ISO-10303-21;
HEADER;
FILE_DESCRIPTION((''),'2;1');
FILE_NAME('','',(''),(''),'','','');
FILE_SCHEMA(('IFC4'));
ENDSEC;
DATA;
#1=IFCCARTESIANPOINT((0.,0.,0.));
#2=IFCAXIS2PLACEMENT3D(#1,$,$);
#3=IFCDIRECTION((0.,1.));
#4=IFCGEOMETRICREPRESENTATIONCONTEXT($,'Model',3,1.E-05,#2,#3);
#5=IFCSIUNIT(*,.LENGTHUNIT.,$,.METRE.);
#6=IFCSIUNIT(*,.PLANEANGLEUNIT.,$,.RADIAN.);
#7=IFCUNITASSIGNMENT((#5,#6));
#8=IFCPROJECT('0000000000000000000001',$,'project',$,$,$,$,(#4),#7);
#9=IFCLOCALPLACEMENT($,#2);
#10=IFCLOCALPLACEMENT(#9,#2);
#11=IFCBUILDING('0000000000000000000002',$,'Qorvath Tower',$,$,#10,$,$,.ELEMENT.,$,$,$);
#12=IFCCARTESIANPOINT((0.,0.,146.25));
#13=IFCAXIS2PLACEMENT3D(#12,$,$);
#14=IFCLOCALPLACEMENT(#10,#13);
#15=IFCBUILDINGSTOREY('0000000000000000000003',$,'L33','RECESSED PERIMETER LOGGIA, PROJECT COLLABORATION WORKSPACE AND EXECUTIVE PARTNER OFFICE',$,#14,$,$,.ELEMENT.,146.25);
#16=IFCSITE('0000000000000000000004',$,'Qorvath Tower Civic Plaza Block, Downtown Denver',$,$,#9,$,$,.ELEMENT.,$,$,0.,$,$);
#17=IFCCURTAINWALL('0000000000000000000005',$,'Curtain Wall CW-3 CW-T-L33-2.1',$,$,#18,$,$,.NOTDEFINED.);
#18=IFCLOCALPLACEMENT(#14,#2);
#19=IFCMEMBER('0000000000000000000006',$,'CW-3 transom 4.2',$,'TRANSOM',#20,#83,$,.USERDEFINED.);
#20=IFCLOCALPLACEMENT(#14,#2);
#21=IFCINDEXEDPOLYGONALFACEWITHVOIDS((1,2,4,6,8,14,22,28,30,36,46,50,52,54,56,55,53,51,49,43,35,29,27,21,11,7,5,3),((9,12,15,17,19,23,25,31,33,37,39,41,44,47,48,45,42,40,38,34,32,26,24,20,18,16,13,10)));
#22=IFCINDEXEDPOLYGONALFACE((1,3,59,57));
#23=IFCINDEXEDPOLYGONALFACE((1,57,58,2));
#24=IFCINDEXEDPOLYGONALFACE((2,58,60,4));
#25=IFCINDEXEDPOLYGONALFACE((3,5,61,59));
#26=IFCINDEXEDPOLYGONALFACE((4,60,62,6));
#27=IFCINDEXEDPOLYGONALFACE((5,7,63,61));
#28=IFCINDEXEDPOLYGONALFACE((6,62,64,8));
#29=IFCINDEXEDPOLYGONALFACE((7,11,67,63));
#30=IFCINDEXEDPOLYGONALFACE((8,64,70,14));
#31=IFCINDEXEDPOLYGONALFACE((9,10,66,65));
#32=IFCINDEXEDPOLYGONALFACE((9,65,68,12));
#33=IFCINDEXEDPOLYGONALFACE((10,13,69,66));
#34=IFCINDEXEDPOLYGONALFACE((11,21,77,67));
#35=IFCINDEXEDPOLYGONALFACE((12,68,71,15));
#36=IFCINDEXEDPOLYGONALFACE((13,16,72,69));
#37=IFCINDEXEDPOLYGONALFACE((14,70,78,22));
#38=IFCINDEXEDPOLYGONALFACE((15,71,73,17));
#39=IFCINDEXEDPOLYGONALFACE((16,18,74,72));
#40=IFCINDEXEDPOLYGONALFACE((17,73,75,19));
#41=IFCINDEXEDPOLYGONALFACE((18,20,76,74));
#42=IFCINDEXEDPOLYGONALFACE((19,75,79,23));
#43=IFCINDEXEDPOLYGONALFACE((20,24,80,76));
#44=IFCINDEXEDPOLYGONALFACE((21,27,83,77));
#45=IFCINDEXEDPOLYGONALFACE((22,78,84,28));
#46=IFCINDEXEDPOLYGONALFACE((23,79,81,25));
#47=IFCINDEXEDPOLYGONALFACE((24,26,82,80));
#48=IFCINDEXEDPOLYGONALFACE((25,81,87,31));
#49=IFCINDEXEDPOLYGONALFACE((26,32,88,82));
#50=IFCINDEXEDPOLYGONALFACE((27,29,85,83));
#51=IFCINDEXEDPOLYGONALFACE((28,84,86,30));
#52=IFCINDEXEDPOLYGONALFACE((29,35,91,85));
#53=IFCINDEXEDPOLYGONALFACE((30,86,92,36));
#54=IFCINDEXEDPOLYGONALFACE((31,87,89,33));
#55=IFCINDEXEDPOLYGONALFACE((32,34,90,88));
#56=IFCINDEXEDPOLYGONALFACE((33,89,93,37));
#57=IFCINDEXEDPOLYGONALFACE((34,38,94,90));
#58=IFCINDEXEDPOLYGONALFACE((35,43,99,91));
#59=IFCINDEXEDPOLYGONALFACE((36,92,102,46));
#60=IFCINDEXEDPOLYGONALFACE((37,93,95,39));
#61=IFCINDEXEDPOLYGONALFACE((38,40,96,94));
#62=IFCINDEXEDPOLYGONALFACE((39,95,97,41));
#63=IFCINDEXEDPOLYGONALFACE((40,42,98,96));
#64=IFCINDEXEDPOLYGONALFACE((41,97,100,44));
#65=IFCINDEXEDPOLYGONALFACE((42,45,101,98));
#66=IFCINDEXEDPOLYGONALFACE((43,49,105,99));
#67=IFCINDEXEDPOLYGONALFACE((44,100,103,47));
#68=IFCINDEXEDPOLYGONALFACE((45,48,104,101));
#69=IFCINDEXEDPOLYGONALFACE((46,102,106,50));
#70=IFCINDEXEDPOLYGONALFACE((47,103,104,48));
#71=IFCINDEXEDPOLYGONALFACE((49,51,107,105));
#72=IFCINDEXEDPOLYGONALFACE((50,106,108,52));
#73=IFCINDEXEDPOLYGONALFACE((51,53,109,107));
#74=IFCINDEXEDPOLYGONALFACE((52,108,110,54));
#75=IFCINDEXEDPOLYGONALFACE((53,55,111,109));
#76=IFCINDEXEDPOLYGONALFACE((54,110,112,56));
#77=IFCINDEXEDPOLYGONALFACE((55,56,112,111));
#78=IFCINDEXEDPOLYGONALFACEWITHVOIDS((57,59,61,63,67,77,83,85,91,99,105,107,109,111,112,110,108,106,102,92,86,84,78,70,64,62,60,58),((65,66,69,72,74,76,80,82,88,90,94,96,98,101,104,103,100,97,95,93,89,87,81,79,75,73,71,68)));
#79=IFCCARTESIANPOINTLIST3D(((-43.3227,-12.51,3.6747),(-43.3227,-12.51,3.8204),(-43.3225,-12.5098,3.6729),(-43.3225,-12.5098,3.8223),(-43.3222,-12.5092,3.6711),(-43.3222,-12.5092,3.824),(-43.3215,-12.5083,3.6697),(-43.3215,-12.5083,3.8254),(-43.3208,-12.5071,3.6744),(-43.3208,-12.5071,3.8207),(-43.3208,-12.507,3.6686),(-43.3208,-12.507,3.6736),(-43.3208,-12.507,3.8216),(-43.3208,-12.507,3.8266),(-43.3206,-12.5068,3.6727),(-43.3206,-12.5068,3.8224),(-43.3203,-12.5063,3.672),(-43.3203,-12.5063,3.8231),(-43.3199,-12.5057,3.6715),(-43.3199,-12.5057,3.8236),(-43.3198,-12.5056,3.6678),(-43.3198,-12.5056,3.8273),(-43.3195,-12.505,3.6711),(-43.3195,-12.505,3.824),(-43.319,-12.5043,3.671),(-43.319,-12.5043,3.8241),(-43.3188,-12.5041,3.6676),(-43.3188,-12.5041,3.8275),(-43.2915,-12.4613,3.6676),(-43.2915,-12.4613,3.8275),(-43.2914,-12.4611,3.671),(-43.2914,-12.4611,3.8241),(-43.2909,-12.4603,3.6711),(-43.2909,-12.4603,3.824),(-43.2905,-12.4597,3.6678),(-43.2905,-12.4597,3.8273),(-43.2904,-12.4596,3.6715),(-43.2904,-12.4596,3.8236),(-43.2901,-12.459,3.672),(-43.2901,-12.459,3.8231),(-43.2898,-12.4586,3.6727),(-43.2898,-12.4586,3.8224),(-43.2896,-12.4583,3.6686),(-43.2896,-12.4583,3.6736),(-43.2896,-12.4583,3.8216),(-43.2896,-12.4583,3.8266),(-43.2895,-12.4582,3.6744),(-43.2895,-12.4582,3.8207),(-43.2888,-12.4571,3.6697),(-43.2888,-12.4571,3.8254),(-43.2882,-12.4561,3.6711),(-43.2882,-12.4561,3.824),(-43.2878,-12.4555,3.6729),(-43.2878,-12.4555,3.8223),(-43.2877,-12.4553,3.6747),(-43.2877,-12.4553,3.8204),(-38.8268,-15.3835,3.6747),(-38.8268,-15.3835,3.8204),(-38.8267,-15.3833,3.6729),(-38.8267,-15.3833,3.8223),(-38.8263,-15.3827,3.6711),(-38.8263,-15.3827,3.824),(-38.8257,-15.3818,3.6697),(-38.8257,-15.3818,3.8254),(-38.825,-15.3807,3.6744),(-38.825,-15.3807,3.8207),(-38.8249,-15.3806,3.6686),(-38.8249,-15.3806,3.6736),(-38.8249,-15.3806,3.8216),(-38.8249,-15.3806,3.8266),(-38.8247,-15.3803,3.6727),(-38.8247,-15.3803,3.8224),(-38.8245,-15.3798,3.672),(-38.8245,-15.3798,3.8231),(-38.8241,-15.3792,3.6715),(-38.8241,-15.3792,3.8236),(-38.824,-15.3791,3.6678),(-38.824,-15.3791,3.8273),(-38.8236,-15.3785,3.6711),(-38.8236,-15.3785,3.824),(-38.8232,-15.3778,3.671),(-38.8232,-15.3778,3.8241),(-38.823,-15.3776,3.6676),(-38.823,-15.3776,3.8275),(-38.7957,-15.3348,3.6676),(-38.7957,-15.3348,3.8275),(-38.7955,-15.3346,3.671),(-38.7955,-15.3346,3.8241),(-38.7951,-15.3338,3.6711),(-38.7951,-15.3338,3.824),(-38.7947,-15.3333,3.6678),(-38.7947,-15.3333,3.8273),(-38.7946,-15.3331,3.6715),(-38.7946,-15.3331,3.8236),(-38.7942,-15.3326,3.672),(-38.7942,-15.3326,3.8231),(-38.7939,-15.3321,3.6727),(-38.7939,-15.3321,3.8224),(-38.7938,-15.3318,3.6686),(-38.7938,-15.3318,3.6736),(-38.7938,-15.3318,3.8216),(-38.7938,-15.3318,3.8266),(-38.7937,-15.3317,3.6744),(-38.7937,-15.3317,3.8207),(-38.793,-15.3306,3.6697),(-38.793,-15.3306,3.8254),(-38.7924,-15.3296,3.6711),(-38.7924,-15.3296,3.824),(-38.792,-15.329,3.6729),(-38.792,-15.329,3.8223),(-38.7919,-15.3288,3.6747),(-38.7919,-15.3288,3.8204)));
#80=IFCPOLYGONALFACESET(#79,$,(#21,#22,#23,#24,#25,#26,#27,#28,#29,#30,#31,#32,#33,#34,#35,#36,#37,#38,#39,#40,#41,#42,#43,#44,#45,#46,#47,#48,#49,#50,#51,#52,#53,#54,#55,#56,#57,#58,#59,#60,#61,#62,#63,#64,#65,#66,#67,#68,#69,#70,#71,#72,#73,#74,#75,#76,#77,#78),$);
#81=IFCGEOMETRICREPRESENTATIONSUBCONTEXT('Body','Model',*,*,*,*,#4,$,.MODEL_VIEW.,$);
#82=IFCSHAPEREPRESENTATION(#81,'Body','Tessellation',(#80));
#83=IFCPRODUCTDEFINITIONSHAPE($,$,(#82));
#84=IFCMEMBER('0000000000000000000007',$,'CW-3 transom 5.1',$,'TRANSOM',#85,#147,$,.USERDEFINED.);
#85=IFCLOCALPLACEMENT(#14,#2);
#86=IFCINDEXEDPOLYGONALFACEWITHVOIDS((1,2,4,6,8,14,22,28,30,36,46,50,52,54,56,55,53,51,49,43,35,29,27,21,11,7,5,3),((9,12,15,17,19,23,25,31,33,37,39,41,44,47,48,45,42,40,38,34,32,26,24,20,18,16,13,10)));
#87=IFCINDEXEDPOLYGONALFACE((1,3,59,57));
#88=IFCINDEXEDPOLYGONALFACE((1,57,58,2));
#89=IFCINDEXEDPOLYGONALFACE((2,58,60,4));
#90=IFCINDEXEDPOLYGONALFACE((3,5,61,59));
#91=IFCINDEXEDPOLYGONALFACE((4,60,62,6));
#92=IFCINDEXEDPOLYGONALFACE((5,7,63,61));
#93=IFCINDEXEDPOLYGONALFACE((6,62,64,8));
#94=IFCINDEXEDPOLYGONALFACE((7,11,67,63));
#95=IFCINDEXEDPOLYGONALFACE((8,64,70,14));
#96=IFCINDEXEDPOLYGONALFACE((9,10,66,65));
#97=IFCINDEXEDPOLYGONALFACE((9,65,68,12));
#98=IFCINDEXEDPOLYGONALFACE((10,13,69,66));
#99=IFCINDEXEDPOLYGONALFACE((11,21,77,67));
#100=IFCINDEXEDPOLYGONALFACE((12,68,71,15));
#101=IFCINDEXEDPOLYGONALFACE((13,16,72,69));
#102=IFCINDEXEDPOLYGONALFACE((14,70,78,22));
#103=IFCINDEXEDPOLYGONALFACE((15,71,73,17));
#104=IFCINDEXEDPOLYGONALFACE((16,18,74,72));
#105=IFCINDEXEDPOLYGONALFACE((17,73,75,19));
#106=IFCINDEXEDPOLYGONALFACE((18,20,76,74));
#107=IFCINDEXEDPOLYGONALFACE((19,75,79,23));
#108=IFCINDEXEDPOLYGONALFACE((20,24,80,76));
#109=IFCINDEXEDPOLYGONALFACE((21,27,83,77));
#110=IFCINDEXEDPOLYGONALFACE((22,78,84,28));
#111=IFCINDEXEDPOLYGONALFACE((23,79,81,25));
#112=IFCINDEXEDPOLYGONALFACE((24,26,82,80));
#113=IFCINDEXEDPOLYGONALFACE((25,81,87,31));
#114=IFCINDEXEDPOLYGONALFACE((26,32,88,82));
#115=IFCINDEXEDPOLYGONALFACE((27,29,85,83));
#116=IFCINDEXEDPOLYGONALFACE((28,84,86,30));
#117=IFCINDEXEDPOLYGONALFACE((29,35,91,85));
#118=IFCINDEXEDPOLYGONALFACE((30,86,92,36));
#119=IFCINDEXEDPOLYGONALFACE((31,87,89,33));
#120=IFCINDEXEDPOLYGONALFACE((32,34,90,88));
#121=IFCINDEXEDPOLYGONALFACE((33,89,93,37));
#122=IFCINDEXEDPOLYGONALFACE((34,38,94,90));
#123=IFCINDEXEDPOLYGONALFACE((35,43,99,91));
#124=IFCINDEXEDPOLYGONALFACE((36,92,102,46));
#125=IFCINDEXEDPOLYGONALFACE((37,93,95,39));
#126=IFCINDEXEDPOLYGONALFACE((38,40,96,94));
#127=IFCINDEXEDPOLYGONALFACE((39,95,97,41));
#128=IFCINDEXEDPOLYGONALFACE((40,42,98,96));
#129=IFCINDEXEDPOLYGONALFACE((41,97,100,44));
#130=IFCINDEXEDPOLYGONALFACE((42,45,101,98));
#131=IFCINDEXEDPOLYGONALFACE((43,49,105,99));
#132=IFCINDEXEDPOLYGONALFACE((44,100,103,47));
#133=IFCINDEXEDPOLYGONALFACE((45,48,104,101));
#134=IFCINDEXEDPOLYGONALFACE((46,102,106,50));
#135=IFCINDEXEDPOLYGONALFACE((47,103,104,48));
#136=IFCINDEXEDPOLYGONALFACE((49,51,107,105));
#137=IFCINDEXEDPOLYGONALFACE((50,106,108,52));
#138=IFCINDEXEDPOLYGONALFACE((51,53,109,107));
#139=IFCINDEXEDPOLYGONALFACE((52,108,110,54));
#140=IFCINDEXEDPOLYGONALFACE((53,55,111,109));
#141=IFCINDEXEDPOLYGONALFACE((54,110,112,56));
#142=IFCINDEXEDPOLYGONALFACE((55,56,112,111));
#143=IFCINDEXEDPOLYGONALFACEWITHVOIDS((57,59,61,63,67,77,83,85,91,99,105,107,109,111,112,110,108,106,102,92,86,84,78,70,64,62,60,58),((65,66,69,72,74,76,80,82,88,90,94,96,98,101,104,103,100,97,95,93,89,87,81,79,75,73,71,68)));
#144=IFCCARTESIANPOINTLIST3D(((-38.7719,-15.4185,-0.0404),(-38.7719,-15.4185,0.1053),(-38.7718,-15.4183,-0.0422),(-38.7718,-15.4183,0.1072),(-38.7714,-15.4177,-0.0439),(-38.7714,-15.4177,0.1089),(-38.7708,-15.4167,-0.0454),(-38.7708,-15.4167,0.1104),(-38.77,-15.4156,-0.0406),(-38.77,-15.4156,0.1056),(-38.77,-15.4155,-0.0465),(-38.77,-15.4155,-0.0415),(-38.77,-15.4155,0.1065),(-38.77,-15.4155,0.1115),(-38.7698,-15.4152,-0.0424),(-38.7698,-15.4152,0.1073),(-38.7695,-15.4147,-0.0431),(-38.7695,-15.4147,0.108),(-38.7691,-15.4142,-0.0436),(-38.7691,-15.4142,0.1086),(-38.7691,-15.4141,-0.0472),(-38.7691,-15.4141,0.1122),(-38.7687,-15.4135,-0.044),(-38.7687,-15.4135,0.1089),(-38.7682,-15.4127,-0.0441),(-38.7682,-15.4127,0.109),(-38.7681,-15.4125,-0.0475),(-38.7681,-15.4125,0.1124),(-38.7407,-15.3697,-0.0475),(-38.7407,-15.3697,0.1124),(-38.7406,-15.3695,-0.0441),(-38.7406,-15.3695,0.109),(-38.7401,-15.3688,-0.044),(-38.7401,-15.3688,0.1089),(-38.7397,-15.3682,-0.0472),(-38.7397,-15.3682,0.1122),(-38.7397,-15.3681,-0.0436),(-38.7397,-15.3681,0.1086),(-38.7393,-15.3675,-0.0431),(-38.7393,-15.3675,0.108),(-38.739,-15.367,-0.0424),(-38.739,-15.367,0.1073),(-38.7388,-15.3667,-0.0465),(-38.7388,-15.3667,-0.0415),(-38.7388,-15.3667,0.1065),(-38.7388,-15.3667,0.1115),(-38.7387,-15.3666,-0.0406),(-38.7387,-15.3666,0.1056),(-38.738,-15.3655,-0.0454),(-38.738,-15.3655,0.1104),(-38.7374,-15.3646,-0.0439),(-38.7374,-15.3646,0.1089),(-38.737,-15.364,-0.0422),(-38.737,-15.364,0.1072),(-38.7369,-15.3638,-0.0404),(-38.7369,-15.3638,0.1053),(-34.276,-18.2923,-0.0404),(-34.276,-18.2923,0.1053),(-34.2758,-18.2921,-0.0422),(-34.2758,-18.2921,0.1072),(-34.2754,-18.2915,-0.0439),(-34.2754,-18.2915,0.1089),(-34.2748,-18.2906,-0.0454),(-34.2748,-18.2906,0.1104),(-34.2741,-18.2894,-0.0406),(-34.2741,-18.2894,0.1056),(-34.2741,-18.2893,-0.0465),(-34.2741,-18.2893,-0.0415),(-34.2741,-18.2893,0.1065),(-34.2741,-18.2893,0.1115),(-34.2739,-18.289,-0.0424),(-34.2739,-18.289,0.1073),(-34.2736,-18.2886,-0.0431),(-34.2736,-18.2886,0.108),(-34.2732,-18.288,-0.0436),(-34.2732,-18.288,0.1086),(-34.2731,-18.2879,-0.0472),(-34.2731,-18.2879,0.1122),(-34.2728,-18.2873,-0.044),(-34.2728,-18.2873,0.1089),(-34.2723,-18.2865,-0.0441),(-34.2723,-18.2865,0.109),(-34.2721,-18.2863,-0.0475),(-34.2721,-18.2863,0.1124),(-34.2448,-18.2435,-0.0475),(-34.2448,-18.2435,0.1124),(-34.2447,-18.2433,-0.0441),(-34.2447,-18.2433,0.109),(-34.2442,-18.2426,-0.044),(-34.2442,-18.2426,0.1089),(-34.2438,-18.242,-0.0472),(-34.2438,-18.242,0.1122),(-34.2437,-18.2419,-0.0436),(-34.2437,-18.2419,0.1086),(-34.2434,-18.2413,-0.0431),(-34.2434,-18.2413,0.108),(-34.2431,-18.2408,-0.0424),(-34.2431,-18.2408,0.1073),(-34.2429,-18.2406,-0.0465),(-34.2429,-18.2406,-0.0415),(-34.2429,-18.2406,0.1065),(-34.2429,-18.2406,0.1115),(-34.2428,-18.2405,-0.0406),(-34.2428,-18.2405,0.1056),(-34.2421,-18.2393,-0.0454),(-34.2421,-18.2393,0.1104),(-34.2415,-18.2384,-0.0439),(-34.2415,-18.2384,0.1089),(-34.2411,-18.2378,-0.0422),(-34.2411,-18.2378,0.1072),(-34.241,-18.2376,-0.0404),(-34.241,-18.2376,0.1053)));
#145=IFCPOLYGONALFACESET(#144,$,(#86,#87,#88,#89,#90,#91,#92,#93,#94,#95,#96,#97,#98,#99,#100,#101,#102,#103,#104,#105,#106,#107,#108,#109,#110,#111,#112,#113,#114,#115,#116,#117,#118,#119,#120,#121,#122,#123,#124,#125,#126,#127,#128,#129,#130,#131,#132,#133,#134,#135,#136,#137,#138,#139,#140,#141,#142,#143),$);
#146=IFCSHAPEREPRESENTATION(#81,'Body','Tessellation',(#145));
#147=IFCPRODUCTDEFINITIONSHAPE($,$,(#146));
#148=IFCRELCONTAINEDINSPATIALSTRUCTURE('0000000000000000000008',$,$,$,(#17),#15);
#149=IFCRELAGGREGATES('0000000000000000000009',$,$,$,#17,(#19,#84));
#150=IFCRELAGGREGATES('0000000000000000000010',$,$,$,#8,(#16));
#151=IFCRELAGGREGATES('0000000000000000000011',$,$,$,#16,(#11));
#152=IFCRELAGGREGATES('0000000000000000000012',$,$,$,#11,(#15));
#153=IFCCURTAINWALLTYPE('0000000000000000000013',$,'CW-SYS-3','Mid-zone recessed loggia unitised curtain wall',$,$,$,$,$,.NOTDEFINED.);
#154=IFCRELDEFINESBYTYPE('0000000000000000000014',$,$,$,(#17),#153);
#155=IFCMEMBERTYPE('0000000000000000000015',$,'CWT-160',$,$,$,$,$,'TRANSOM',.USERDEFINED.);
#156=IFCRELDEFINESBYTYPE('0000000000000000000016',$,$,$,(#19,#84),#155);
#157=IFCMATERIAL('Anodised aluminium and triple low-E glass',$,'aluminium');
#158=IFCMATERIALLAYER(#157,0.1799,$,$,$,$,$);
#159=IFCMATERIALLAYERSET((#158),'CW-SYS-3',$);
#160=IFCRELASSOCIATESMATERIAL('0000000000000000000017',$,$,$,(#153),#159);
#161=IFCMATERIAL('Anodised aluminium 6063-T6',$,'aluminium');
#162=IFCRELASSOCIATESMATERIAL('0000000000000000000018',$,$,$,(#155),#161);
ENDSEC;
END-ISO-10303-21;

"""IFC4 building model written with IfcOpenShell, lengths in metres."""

from ifc_helpers import new_model, si_unit, direction, frame, origin, origin_2d, place, context, subcontext, project, spatial, hollow_rectangle, extrude, material, layer, layer_set, material_profile, profile_set, type_object, element, aggregate, save


model = new_model("IFC4")

# Units and contexts
model_context = context("Model", 3, precision=1e-05, world=origin(), true_north=direction((0.0, 1.0)))
body_context = subcontext(model_context, "Body", "Model", "MODEL_VIEW")
ifc_project = project(units=[si_unit("LENGTHUNIT", "METRE"), si_unit("PLANEANGLEUNIT", "RADIAN")], contexts=[model_context])

# Site, building, storey
site_placement = place(None, origin())
site = spatial("IfcSite", under=ifc_project, at=site_placement, Name="Qorvath Tower Civic Plaza Block, Downtown Denver", CompositionType="ELEMENT", RefElevation=0.0)
building_placement = place(site_placement, origin())
building = spatial("IfcBuilding", under=site, at=building_placement, Name="Qorvath Tower", CompositionType="ELEMENT")
storey_placement = place(building_placement, frame((0.0, 0.0, 146.25)))
storey = spatial("IfcBuildingStorey", under=building, at=storey_placement, Name="L33", Description="RECESSED PERIMETER LOGGIA, PROJECT COLLABORATION WORKSPACE AND EXECUTIVE PARTNER OFFICE", CompositionType="ELEMENT", Elevation=146.25)

# Curtain wall, members
ifc_material_1 = material(Name="Anodised aluminium and triple low-E glass", Category="aluminium")
ifc_layer_1 = layer(ifc_material_1, 0.1799)
ifc_layer_set_1 = layer_set([ifc_layer_1], Name="CW-SYS-3")
curtain_wall_type = type_object("IfcCurtainWallType", Name="CW-SYS-3", Description="Mid-zone recessed loggia unitised curtain wall", PredefinedType="NOTDEFINED", material=ifc_layer_set_1)
curtain_wall_placement = place(storey_placement, origin())
curtain_wall = element("IfcCurtainWall", 1, at=curtain_wall_placement, inside=storey, type_object=curtain_wall_type, Name="Curtain Wall CW-3 CW-T-L33-2.1", PredefinedType="NOTDEFINED")
ifc_material_2 = material(Name="Anodised aluminium 6063-T6", Category="aluminium")
ifc_material_profile_1 = material_profile(ifc_material_2, hollow_rectangle(XDim=0.0649, YDim=0.1599, WallThickness=0.0034, InnerFilletRadius=0.0034, OuterFilletRadius=0.0071, at=origin_2d()), Name="CWT 160x65")
ifc_profile_set_1 = profile_set([ifc_material_profile_1], Name="Anodised aluminium 6063-T6")
member_type_1 = type_object("IfcMemberType", Name="CWT-160", ElementType="TRANSOM", PredefinedType="USERDEFINED", material=ifc_profile_set_1)
member_1_placement = place(storey_placement, frame((-43.3052, -12.4827, 3.7476), z_axis=(0.842595, -0.538547, 0.0), x_axis=(0.538547, 0.842595, 0.0)))
member_1 = element("IfcMember", 2, at=member_1_placement, type_object=member_type_1, Name="CW-3 transom 4.2", ObjectType="TRANSOM", PredefinedType="USERDEFINED", context=body_context, shape_type="SweptSolid", body=[
    extrude(hollow_rectangle(XDim=0.0649, YDim=0.1599, WallThickness=0.0034, InnerFilletRadius=0.0034, OuterFilletRadius=0.0071, at=origin_2d()), origin(), (0.0, 0.0, 1.0), 5.3357),
])
member_2_placement = place(storey_placement, frame((-38.7544, -15.3911, 0.0325), z_axis=(0.842575, -0.53858, 0.0), x_axis=(0.53858, 0.842575, 0.0)))
member_2 = element("IfcMember", 3, at=member_2_placement, type_object=member_type_1, Name="CW-3 transom 5.1", ObjectType="TRANSOM", PredefinedType="USERDEFINED", context=body_context, shape_type="SweptSolid", body=[
    extrude(hollow_rectangle(XDim=0.0649, YDim=0.1599, WallThickness=0.0034, InnerFilletRadius=0.0034, OuterFilletRadius=0.0071, at=origin_2d()), origin(), (0.0, 0.0, 1.0), 5.3359),
])
aggregate(curtain_wall, [member_1, member_2])

save(model, "model.ifc")
